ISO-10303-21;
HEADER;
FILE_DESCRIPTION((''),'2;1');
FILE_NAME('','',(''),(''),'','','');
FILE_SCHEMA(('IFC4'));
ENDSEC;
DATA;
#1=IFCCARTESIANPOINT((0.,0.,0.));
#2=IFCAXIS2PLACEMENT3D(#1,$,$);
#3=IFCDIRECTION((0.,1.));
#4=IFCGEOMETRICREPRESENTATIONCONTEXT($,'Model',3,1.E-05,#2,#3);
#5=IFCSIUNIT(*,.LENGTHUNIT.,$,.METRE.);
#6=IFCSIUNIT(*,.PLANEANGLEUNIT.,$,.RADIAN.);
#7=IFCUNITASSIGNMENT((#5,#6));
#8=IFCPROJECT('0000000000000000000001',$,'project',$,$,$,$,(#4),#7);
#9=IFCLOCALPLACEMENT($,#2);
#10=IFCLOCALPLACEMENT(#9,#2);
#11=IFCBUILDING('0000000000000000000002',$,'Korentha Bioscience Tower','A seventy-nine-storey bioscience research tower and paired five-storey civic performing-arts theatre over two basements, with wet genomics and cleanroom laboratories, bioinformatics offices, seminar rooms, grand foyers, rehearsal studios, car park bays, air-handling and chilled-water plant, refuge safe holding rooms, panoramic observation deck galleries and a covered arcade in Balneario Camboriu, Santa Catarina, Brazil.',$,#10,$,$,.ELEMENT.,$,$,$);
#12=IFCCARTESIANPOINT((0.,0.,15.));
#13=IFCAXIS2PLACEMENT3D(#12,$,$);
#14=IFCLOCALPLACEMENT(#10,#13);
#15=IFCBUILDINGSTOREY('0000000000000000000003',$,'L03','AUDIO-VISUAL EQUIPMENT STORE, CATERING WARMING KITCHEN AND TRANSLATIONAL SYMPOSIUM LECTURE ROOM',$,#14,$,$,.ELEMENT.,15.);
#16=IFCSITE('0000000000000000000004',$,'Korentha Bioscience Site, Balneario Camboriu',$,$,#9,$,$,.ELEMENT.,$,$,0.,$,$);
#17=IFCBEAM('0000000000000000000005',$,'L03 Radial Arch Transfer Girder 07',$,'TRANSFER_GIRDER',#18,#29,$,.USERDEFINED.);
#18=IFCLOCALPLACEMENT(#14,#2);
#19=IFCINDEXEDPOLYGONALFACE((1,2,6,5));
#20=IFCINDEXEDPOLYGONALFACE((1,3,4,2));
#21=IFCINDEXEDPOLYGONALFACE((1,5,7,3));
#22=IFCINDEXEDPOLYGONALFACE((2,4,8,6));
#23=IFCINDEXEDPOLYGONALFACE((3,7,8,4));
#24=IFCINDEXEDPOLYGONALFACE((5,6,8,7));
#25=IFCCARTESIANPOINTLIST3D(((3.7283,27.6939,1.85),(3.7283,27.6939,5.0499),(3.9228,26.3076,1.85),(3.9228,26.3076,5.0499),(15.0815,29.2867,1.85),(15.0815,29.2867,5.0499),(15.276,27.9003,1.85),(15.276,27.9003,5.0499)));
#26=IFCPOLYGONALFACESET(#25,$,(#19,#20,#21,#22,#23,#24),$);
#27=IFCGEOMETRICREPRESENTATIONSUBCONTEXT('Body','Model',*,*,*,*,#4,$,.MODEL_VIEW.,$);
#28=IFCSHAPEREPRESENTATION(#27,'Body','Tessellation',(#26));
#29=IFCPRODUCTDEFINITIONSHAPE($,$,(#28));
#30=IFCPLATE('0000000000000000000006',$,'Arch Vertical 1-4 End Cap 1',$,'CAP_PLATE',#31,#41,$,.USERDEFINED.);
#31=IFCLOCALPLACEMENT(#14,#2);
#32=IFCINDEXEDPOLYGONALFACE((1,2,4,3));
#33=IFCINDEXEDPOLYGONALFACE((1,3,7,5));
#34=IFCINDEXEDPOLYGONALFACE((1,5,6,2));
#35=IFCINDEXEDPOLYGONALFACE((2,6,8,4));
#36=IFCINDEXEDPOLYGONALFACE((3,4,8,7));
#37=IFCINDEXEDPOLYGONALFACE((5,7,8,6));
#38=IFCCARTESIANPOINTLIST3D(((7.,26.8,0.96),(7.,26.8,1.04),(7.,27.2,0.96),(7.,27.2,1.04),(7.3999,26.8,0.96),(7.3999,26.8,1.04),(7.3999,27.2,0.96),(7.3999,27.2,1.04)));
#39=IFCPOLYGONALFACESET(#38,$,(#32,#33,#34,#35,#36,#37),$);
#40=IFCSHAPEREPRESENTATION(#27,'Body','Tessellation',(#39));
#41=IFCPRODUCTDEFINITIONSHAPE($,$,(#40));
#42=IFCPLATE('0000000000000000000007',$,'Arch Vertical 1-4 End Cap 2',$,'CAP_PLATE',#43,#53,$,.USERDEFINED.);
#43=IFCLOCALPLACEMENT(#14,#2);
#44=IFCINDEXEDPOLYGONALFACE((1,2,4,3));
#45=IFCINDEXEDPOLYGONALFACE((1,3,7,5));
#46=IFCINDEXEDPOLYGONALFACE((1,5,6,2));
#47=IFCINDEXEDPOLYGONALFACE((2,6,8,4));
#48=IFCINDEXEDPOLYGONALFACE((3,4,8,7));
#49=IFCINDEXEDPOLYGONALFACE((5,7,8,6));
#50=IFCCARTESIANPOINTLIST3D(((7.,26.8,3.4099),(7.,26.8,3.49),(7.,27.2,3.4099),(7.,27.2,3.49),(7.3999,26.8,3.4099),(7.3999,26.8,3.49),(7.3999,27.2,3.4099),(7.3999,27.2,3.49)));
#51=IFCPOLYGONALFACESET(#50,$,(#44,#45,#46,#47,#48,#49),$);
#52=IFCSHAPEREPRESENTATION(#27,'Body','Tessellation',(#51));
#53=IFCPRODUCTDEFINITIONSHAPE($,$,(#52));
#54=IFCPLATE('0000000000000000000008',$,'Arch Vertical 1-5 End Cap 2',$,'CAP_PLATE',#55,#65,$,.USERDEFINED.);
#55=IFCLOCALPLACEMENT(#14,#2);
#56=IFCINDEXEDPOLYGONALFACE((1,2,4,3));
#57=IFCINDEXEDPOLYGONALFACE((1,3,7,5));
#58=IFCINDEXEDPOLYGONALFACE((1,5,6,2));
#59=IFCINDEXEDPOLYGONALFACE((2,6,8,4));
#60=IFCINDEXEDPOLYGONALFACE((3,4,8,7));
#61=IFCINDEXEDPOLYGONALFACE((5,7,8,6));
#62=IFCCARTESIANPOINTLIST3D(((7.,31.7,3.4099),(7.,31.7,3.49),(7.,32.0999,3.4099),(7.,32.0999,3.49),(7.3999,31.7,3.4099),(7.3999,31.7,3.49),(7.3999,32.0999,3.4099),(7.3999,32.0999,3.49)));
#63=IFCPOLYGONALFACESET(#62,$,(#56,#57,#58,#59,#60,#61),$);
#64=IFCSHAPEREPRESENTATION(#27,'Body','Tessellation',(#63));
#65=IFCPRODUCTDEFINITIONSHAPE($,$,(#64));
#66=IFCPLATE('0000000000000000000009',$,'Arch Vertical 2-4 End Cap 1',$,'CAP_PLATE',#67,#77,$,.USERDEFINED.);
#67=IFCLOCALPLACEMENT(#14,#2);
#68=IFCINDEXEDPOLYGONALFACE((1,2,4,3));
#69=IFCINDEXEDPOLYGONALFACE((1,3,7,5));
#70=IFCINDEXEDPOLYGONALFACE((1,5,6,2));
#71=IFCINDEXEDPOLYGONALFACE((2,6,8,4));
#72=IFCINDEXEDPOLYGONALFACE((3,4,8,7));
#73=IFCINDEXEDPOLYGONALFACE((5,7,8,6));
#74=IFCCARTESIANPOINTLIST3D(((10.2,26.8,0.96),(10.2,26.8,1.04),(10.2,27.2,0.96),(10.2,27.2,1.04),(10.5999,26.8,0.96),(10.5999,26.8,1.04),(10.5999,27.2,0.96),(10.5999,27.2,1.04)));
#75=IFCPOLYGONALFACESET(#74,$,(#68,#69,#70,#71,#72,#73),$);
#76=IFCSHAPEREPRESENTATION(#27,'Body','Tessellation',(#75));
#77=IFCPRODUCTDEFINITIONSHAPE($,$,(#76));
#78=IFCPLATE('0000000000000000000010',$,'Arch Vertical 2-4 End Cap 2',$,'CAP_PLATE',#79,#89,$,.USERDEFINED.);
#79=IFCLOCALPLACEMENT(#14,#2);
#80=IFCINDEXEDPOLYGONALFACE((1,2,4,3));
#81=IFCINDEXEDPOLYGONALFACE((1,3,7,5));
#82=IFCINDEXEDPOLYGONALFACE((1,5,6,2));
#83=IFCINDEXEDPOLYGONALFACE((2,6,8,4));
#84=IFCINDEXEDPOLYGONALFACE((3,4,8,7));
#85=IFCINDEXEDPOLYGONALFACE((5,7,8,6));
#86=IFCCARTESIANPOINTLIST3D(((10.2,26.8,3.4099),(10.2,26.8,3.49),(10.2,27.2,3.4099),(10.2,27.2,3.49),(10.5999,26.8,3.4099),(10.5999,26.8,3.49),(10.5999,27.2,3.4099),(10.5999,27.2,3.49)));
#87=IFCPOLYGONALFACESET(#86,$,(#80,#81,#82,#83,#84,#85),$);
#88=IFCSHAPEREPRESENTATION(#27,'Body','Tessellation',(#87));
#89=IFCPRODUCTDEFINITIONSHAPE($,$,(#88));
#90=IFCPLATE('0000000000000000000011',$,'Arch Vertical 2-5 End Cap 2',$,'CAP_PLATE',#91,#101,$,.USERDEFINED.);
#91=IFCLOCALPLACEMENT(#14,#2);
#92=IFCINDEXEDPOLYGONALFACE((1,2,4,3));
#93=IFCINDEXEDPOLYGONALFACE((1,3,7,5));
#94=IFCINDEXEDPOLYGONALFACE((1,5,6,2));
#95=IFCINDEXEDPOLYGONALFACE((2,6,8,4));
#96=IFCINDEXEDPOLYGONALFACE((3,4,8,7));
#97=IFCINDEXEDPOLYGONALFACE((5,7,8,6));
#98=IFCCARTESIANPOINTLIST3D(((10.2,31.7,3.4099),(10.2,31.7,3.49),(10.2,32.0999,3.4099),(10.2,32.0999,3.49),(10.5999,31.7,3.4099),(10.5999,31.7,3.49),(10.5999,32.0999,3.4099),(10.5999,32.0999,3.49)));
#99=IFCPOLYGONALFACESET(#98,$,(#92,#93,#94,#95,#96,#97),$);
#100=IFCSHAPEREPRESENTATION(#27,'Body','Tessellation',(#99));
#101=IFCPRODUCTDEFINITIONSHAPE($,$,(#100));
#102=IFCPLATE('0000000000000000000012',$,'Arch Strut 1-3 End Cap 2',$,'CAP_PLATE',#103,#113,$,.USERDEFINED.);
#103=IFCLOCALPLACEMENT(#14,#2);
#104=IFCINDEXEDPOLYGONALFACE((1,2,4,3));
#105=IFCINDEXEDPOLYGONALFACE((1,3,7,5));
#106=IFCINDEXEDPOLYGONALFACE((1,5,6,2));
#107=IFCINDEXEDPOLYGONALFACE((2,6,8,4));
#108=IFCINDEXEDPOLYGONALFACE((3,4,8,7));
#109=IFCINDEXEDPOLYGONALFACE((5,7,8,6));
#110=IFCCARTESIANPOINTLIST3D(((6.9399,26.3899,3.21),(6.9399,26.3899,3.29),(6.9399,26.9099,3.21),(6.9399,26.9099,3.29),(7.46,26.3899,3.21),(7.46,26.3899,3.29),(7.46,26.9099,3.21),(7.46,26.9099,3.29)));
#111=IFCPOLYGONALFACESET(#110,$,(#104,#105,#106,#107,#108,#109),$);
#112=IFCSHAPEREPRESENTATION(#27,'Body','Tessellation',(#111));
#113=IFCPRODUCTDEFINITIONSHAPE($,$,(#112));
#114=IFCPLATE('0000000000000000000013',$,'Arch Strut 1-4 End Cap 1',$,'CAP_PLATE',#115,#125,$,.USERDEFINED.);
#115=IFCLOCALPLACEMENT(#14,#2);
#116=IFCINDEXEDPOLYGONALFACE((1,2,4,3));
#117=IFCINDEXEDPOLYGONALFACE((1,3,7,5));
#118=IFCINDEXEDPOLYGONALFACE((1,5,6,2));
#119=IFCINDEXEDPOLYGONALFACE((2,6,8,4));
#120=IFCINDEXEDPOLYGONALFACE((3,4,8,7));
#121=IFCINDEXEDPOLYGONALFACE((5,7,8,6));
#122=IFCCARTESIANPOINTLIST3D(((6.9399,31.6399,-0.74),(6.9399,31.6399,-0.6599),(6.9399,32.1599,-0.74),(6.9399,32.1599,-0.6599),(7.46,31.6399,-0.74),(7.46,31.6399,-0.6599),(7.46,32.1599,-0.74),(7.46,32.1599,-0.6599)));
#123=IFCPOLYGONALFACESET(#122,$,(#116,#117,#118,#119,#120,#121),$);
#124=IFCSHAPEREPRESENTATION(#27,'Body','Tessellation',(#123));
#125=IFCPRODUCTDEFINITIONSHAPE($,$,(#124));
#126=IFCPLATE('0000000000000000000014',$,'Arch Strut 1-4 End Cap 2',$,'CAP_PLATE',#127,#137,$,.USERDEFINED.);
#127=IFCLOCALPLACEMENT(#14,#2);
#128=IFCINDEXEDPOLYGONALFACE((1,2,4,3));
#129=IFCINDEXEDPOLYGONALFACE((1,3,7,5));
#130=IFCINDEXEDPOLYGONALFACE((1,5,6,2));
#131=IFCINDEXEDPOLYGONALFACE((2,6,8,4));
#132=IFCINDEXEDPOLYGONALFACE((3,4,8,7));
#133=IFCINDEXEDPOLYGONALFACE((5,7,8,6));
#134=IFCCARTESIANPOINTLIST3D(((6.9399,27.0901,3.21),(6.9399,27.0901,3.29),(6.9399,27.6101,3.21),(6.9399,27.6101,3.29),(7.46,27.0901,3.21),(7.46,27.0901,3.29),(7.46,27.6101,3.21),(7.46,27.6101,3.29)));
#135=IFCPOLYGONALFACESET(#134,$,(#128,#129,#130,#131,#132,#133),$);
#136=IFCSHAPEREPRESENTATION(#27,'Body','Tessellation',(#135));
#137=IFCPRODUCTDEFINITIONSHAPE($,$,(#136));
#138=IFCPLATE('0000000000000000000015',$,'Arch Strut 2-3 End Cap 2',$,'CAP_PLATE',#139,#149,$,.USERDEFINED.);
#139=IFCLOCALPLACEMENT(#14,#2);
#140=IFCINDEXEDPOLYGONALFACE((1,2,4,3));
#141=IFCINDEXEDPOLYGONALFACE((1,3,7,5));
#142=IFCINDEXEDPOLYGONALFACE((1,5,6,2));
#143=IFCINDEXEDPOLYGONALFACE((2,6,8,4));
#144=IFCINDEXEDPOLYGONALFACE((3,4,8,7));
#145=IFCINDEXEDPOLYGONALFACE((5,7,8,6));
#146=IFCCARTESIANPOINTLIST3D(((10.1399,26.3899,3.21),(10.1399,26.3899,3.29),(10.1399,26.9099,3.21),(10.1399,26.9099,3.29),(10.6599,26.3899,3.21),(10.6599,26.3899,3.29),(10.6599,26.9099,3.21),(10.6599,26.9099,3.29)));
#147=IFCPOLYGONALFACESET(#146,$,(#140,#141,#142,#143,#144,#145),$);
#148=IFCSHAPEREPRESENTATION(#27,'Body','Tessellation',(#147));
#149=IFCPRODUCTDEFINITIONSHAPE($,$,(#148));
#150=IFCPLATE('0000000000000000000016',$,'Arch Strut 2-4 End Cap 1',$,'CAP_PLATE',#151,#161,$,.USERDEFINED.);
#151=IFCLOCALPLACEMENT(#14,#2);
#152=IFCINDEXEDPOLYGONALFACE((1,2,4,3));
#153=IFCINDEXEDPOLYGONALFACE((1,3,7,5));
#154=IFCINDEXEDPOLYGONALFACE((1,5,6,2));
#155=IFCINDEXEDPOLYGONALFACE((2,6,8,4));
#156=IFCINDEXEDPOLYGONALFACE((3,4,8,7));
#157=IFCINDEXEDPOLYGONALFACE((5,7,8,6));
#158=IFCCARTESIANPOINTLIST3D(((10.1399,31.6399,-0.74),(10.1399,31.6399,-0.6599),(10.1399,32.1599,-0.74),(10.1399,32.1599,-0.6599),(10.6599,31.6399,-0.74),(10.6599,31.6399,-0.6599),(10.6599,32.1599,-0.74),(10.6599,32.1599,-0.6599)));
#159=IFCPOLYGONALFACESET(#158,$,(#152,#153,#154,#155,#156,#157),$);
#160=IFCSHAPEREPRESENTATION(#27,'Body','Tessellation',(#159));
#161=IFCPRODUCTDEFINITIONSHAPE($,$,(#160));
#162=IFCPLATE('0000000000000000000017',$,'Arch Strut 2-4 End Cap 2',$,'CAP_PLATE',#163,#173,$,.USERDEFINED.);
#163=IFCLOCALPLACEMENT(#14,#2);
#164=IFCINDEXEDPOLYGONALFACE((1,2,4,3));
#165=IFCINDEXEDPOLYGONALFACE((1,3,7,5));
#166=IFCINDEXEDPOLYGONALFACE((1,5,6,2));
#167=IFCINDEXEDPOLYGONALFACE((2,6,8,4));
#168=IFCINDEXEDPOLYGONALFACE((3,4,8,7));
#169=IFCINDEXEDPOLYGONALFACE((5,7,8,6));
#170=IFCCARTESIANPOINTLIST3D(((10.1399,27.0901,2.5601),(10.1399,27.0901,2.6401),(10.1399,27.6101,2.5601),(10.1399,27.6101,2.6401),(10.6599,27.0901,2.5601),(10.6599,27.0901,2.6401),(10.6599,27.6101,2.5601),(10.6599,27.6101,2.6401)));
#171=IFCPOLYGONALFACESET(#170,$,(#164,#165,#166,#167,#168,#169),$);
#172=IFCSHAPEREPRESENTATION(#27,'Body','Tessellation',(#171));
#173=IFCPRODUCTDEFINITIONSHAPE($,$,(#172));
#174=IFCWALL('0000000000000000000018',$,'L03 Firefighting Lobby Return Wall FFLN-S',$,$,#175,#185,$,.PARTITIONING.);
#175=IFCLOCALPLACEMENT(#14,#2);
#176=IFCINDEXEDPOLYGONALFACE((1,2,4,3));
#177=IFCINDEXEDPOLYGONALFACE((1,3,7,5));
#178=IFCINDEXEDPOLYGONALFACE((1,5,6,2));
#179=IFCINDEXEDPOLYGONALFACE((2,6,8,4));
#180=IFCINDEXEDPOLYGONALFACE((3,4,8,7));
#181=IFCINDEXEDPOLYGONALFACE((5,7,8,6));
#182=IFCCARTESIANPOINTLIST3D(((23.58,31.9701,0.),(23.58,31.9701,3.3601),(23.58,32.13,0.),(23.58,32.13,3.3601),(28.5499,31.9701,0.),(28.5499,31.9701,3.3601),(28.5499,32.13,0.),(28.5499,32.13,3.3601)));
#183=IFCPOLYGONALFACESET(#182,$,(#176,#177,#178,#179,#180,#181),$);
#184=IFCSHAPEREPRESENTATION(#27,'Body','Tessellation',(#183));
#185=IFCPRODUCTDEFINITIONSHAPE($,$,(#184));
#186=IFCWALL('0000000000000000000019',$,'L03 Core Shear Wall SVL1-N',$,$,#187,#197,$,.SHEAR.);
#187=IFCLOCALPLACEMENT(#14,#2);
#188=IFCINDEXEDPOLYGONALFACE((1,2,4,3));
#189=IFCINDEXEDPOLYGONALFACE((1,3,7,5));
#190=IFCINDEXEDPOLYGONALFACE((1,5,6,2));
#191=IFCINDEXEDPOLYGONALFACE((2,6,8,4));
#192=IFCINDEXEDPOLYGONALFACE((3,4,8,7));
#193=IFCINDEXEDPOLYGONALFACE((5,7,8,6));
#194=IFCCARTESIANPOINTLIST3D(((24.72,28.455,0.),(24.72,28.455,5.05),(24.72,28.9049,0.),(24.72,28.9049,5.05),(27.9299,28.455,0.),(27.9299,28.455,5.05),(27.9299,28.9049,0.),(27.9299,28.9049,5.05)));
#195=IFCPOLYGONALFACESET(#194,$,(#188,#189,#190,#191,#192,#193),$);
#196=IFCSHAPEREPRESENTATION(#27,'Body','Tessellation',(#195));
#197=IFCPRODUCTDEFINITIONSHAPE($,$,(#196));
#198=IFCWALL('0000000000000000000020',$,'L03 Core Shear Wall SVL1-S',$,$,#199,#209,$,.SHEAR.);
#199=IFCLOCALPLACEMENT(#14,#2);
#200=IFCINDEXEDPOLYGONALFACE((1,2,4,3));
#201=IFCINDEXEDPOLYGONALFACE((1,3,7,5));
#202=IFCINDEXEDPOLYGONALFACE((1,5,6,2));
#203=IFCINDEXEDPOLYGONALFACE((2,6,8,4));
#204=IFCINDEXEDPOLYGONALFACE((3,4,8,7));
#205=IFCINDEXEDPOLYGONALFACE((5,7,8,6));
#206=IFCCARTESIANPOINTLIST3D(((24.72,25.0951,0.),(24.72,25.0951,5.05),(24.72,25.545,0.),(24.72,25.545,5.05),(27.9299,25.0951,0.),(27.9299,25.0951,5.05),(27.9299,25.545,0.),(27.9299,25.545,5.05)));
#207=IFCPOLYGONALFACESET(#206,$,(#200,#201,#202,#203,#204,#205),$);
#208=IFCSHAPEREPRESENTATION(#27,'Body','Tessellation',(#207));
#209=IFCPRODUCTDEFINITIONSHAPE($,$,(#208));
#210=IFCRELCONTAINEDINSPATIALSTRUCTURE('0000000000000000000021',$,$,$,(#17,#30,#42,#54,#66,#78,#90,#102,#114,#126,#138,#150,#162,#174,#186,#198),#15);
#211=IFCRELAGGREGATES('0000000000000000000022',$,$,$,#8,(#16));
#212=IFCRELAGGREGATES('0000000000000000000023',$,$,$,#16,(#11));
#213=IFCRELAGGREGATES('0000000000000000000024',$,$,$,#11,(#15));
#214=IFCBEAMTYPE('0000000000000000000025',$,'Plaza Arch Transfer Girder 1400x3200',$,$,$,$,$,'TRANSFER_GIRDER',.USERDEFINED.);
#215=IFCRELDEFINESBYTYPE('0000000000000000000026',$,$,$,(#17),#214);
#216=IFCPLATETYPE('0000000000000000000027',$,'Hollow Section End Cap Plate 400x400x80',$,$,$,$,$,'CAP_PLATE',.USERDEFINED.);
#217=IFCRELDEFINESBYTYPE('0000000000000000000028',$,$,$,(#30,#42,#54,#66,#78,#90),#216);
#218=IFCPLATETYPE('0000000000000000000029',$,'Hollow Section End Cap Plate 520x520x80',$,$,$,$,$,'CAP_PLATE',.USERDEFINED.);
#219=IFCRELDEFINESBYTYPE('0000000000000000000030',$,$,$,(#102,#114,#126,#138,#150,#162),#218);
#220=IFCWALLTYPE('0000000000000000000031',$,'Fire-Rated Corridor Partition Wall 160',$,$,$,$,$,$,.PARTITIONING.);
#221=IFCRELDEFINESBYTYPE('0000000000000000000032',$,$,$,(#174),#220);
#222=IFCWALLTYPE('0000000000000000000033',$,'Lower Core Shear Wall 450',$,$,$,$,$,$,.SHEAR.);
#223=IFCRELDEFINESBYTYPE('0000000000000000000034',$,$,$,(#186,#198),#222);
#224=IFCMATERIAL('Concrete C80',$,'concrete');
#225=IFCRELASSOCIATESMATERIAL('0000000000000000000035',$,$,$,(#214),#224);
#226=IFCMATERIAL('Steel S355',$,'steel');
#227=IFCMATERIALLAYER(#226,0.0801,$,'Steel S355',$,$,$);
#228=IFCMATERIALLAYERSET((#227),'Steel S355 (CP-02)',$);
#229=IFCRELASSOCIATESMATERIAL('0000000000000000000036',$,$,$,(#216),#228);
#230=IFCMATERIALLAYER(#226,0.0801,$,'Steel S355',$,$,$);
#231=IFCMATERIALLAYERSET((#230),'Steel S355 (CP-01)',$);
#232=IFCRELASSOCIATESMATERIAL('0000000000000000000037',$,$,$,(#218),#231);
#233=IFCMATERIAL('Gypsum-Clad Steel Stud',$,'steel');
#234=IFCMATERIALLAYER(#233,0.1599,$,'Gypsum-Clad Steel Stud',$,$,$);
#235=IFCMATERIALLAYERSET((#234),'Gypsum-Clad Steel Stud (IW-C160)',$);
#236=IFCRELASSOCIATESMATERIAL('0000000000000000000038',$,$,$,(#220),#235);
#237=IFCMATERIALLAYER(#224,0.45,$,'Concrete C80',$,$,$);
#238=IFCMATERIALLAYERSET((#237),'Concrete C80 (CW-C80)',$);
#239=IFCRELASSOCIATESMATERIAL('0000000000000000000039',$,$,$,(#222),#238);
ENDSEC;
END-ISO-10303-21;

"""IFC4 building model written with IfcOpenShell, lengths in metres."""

from ifc_helpers import new_model, si_unit, direction, frame, frame_2d, origin, origin_2d, place, context, subcontext, project, spatial, rectangle, extrude, material, layer, layer_set, material_profile, profile_set, type_object, element, save


model = new_model("IFC4")

# Units and contexts
model_context = context("Model", 3, precision=1e-05, world=origin(), true_north=direction((0.0, 1.0)))
body_context = subcontext(model_context, "Body", "Model", "MODEL_VIEW")
ifc_project = project(units=[si_unit("LENGTHUNIT", "METRE"), si_unit("PLANEANGLEUNIT", "RADIAN")], contexts=[model_context])

# Site, building, storey
site_placement = place(None, origin())
site = spatial("IfcSite", under=ifc_project, at=site_placement, Name="Korentha Bioscience Site, Balneario Camboriu", CompositionType="ELEMENT", RefElevation=0.0)
building_placement = place(site_placement, origin())
building = spatial("IfcBuilding", under=site, at=building_placement, Name="Korentha Bioscience Tower", Description="A seventy-nine-storey bioscience research tower and paired five-storey civic performing-arts theatre over two basements, with wet genomics and cleanroom laboratories, bioinformatics offices, seminar rooms, grand foyers, rehearsal studios, car park bays, air-handling and chilled-water plant, refuge safe holding rooms, panoramic observation deck galleries and a covered arcade in Balneario Camboriu, Santa Catarina, Brazil.", CompositionType="ELEMENT")
storey_placement = place(building_placement, frame((0.0, 0.0, 15.0)))
storey = spatial("IfcBuildingStorey", under=building, at=storey_placement, Name="L03", Description="AUDIO-VISUAL EQUIPMENT STORE, CATERING WARMING KITCHEN AND TRANSLATIONAL SYMPOSIUM LECTURE ROOM", CompositionType="ELEMENT", Elevation=15.0)

# Shared definitions
ifc_material_1 = material(Name="Concrete C80", Category="concrete")

# Shared definitions
ifc_material_2 = material(Name="Steel S355", Category="steel")

# Beam
ifc_material_profile_1 = material_profile(ifc_material_1, rectangle(XDim=1.3999, YDim=3.2, at=origin_2d()), Name="Concrete C80")
ifc_profile_set_1 = profile_set([ifc_material_profile_1], Name="Concrete C80 (TG-01)")
beam_type_1 = type_object("IfcBeamType", Name="Plaza Arch Transfer Girder 1400x3200", ElementType="TRANSFER_GIRDER", PredefinedType="USERDEFINED", material=ifc_profile_set_1)
beam_1_placement = place(storey_placement, frame((15.1787, 28.5935, 3.45), z_axis=(-0.990302, -0.138931, 0.0), x_axis=(0.138931, -0.990302, 0.0)))
element("IfcBeam", 1, at=beam_1_placement, inside=storey, type_object=beam_type_1, Name="L03 Radial Arch Transfer Girder 07", ObjectType="TRANSFER_GIRDER", PredefinedType="USERDEFINED", context=body_context, shape_type="SweptSolid", body=[
    extrude(rectangle(XDim=1.3999, YDim=3.2, at=origin_2d()), origin(), (0.0, 0.0, 1.0), 11.4644),
])

# Plates
ifc_layer_1 = layer(ifc_material_2, 0.0801, Name="Steel S355")
ifc_layer_set_1 = layer_set([ifc_layer_1], Name="Steel S355 (CP-02)")
plate_type_1 = type_object("IfcPlateType", Name="Hollow Section End Cap Plate 400x400x80", ElementType="CAP_PLATE", PredefinedType="USERDEFINED", material=ifc_layer_set_1)
for number, where, z_axis, x_axis, name in (
    (2, (7.2, 27.0, 0.96), (0.0, 0.0, 1.0), (1.0, 0.0, 0.0), "Arch Vertical 1-4 End Cap 1"),
    (3, (7.2, 27.0, 3.4099), (0.0, 0.0, 1.0), (1.0, 0.0, 0.0), "Arch Vertical 1-4 End Cap 2"),
    (4, (7.2, 31.8999, 3.4099), (0.0, 0.0, 1.0), (1.0, 0.0, 0.0), "Arch Vertical 1-5 End Cap 2"),
    (5, (10.3999, 27.0, 0.96), (0.0, 0.0, 1.0), (1.0, 0.0, 0.0), "Arch Vertical 2-4 End Cap 1"),
    (6, (10.3999, 27.0, 3.4099), (0.0, 0.0, 1.0), (1.0, 0.0, 0.0), "Arch Vertical 2-4 End Cap 2"),
    (7, (10.3999, 31.8999, 3.4099), (0.0, 0.0, 1.0), (1.0, 0.0, 0.0), "Arch Vertical 2-5 End Cap 2"),
):
    element("IfcPlate", number, at=place(storey_placement, frame(where, z_axis=z_axis, x_axis=x_axis)), inside=storey, type_object=plate_type_1, Name=name, ObjectType="CAP_PLATE", PredefinedType="USERDEFINED", context=body_context, shape_type="SweptSolid", body=[
        extrude(rectangle(XDim=0.3999, YDim=0.3999, at=origin_2d()), origin(), (0.0, 0.0, 1.0), 0.0801),
    ])
ifc_layer_2 = layer(ifc_material_2, 0.0801, Name="Steel S355")
ifc_layer_set_2 = layer_set([ifc_layer_2], Name="Steel S355 (CP-01)")
plate_type_2 = type_object("IfcPlateType", Name="Hollow Section End Cap Plate 520x520x80", ElementType="CAP_PLATE", PredefinedType="USERDEFINED", material=ifc_layer_set_2)
for number, where, z_axis, x_axis, name in (
    (8, (7.2, 26.6499, 3.21), (0.0, 0.0, 1.0), (0.0, 1.0, 0.0), "Arch Strut 1-3 End Cap 2"),
    (9, (7.2, 31.8999, -0.74), (0.0, 0.0, 1.0), (0.0, 1.0, 0.0), "Arch Strut 1-4 End Cap 1"),
    (10, (7.2, 27.3501, 3.21), (0.0, 0.0, 1.0), (0.0, 1.0, 0.0), "Arch Strut 1-4 End Cap 2"),
    (11, (10.3999, 26.6499, 3.21), (0.0, 0.0, 1.0), (0.0, 1.0, 0.0), "Arch Strut 2-3 End Cap 2"),
    (12, (10.3999, 31.8999, -0.74), (0.0, 0.0, 1.0), (0.0, 1.0, 0.0), "Arch Strut 2-4 End Cap 1"),
    (13, (10.3999, 27.3501, 2.5601), (0.0, 0.0, 1.0), (0.0, 1.0, 0.0), "Arch Strut 2-4 End Cap 2"),
):
    element("IfcPlate", number, at=place(storey_placement, frame(where, z_axis=z_axis, x_axis=x_axis)), inside=storey, type_object=plate_type_2, Name=name, ObjectType="CAP_PLATE", PredefinedType="USERDEFINED", context=body_context, shape_type="SweptSolid", body=[
        extrude(rectangle(XDim=0.52, YDim=0.52, at=origin_2d()), origin(), (0.0, 0.0, 1.0), 0.0801),
    ])

# Shared definitions
ifc_material_3 = material(Name="Gypsum-Clad Steel Stud", Category="steel")
ifc_layer_3 = layer(ifc_material_3, 0.1599, Name="Gypsum-Clad Steel Stud")
ifc_layer_set_3 = layer_set([ifc_layer_3], Name="Gypsum-Clad Steel Stud (IW-C160)")
wall_type_1 = type_object("IfcWallType", Name="Fire-Rated Corridor Partition Wall 160", PredefinedType="PARTITIONING", material=ifc_layer_set_3)

# Walls
wall_1_placement = place(storey_placement, frame((23.5801, 32.05, 0.0), z_axis=(0.0, 0.0, 1.0), x_axis=(1.0, 0.0, 0.0)))
element("IfcWall", 14, at=wall_1_placement, inside=storey, type_object=wall_type_1, Name="L03 Firefighting Lobby Return Wall FFLN-S", PredefinedType="PARTITIONING", context=body_context, shape_type="SweptSolid", body=[
    extrude(rectangle(XDim=4.97, YDim=0.1599, at=frame_2d((2.4849, 0.0))), origin(), (0.0, 0.0, 1.0), 3.3601),
])
ifc_layer_4 = layer(ifc_material_1, 0.45, Name="Concrete C80")
ifc_layer_set_4 = layer_set([ifc_layer_4], Name="Concrete C80 (CW-C80)")
wall_type_2 = type_object("IfcWallType", Name="Lower Core Shear Wall 450", PredefinedType="SHEAR", material=ifc_layer_set_4)
for number, where, z_axis, x_axis, name in (
    (15, (24.72, 28.6799, 0.0), (0.0, 0.0, 1.0), (1.0, 0.0, 0.0), "L03 Core Shear Wall SVL1-N"),
    (16, (24.72, 25.3201, 0.0), (0.0, 0.0, 1.0), (1.0, 0.0, 0.0), "L03 Core Shear Wall SVL1-S"),
):
    element("IfcWall", number, at=place(storey_placement, frame(where, z_axis=z_axis, x_axis=x_axis)), inside=storey, type_object=wall_type_2, Name=name, PredefinedType="SHEAR", context=body_context, shape_type="SweptSolid", body=[
        extrude(rectangle(XDim=3.21, YDim=0.45, at=frame_2d((1.605, 0.0))), origin(), (0.0, 0.0, 1.0), 5.05),
    ])

save(model, "model.ifc")
